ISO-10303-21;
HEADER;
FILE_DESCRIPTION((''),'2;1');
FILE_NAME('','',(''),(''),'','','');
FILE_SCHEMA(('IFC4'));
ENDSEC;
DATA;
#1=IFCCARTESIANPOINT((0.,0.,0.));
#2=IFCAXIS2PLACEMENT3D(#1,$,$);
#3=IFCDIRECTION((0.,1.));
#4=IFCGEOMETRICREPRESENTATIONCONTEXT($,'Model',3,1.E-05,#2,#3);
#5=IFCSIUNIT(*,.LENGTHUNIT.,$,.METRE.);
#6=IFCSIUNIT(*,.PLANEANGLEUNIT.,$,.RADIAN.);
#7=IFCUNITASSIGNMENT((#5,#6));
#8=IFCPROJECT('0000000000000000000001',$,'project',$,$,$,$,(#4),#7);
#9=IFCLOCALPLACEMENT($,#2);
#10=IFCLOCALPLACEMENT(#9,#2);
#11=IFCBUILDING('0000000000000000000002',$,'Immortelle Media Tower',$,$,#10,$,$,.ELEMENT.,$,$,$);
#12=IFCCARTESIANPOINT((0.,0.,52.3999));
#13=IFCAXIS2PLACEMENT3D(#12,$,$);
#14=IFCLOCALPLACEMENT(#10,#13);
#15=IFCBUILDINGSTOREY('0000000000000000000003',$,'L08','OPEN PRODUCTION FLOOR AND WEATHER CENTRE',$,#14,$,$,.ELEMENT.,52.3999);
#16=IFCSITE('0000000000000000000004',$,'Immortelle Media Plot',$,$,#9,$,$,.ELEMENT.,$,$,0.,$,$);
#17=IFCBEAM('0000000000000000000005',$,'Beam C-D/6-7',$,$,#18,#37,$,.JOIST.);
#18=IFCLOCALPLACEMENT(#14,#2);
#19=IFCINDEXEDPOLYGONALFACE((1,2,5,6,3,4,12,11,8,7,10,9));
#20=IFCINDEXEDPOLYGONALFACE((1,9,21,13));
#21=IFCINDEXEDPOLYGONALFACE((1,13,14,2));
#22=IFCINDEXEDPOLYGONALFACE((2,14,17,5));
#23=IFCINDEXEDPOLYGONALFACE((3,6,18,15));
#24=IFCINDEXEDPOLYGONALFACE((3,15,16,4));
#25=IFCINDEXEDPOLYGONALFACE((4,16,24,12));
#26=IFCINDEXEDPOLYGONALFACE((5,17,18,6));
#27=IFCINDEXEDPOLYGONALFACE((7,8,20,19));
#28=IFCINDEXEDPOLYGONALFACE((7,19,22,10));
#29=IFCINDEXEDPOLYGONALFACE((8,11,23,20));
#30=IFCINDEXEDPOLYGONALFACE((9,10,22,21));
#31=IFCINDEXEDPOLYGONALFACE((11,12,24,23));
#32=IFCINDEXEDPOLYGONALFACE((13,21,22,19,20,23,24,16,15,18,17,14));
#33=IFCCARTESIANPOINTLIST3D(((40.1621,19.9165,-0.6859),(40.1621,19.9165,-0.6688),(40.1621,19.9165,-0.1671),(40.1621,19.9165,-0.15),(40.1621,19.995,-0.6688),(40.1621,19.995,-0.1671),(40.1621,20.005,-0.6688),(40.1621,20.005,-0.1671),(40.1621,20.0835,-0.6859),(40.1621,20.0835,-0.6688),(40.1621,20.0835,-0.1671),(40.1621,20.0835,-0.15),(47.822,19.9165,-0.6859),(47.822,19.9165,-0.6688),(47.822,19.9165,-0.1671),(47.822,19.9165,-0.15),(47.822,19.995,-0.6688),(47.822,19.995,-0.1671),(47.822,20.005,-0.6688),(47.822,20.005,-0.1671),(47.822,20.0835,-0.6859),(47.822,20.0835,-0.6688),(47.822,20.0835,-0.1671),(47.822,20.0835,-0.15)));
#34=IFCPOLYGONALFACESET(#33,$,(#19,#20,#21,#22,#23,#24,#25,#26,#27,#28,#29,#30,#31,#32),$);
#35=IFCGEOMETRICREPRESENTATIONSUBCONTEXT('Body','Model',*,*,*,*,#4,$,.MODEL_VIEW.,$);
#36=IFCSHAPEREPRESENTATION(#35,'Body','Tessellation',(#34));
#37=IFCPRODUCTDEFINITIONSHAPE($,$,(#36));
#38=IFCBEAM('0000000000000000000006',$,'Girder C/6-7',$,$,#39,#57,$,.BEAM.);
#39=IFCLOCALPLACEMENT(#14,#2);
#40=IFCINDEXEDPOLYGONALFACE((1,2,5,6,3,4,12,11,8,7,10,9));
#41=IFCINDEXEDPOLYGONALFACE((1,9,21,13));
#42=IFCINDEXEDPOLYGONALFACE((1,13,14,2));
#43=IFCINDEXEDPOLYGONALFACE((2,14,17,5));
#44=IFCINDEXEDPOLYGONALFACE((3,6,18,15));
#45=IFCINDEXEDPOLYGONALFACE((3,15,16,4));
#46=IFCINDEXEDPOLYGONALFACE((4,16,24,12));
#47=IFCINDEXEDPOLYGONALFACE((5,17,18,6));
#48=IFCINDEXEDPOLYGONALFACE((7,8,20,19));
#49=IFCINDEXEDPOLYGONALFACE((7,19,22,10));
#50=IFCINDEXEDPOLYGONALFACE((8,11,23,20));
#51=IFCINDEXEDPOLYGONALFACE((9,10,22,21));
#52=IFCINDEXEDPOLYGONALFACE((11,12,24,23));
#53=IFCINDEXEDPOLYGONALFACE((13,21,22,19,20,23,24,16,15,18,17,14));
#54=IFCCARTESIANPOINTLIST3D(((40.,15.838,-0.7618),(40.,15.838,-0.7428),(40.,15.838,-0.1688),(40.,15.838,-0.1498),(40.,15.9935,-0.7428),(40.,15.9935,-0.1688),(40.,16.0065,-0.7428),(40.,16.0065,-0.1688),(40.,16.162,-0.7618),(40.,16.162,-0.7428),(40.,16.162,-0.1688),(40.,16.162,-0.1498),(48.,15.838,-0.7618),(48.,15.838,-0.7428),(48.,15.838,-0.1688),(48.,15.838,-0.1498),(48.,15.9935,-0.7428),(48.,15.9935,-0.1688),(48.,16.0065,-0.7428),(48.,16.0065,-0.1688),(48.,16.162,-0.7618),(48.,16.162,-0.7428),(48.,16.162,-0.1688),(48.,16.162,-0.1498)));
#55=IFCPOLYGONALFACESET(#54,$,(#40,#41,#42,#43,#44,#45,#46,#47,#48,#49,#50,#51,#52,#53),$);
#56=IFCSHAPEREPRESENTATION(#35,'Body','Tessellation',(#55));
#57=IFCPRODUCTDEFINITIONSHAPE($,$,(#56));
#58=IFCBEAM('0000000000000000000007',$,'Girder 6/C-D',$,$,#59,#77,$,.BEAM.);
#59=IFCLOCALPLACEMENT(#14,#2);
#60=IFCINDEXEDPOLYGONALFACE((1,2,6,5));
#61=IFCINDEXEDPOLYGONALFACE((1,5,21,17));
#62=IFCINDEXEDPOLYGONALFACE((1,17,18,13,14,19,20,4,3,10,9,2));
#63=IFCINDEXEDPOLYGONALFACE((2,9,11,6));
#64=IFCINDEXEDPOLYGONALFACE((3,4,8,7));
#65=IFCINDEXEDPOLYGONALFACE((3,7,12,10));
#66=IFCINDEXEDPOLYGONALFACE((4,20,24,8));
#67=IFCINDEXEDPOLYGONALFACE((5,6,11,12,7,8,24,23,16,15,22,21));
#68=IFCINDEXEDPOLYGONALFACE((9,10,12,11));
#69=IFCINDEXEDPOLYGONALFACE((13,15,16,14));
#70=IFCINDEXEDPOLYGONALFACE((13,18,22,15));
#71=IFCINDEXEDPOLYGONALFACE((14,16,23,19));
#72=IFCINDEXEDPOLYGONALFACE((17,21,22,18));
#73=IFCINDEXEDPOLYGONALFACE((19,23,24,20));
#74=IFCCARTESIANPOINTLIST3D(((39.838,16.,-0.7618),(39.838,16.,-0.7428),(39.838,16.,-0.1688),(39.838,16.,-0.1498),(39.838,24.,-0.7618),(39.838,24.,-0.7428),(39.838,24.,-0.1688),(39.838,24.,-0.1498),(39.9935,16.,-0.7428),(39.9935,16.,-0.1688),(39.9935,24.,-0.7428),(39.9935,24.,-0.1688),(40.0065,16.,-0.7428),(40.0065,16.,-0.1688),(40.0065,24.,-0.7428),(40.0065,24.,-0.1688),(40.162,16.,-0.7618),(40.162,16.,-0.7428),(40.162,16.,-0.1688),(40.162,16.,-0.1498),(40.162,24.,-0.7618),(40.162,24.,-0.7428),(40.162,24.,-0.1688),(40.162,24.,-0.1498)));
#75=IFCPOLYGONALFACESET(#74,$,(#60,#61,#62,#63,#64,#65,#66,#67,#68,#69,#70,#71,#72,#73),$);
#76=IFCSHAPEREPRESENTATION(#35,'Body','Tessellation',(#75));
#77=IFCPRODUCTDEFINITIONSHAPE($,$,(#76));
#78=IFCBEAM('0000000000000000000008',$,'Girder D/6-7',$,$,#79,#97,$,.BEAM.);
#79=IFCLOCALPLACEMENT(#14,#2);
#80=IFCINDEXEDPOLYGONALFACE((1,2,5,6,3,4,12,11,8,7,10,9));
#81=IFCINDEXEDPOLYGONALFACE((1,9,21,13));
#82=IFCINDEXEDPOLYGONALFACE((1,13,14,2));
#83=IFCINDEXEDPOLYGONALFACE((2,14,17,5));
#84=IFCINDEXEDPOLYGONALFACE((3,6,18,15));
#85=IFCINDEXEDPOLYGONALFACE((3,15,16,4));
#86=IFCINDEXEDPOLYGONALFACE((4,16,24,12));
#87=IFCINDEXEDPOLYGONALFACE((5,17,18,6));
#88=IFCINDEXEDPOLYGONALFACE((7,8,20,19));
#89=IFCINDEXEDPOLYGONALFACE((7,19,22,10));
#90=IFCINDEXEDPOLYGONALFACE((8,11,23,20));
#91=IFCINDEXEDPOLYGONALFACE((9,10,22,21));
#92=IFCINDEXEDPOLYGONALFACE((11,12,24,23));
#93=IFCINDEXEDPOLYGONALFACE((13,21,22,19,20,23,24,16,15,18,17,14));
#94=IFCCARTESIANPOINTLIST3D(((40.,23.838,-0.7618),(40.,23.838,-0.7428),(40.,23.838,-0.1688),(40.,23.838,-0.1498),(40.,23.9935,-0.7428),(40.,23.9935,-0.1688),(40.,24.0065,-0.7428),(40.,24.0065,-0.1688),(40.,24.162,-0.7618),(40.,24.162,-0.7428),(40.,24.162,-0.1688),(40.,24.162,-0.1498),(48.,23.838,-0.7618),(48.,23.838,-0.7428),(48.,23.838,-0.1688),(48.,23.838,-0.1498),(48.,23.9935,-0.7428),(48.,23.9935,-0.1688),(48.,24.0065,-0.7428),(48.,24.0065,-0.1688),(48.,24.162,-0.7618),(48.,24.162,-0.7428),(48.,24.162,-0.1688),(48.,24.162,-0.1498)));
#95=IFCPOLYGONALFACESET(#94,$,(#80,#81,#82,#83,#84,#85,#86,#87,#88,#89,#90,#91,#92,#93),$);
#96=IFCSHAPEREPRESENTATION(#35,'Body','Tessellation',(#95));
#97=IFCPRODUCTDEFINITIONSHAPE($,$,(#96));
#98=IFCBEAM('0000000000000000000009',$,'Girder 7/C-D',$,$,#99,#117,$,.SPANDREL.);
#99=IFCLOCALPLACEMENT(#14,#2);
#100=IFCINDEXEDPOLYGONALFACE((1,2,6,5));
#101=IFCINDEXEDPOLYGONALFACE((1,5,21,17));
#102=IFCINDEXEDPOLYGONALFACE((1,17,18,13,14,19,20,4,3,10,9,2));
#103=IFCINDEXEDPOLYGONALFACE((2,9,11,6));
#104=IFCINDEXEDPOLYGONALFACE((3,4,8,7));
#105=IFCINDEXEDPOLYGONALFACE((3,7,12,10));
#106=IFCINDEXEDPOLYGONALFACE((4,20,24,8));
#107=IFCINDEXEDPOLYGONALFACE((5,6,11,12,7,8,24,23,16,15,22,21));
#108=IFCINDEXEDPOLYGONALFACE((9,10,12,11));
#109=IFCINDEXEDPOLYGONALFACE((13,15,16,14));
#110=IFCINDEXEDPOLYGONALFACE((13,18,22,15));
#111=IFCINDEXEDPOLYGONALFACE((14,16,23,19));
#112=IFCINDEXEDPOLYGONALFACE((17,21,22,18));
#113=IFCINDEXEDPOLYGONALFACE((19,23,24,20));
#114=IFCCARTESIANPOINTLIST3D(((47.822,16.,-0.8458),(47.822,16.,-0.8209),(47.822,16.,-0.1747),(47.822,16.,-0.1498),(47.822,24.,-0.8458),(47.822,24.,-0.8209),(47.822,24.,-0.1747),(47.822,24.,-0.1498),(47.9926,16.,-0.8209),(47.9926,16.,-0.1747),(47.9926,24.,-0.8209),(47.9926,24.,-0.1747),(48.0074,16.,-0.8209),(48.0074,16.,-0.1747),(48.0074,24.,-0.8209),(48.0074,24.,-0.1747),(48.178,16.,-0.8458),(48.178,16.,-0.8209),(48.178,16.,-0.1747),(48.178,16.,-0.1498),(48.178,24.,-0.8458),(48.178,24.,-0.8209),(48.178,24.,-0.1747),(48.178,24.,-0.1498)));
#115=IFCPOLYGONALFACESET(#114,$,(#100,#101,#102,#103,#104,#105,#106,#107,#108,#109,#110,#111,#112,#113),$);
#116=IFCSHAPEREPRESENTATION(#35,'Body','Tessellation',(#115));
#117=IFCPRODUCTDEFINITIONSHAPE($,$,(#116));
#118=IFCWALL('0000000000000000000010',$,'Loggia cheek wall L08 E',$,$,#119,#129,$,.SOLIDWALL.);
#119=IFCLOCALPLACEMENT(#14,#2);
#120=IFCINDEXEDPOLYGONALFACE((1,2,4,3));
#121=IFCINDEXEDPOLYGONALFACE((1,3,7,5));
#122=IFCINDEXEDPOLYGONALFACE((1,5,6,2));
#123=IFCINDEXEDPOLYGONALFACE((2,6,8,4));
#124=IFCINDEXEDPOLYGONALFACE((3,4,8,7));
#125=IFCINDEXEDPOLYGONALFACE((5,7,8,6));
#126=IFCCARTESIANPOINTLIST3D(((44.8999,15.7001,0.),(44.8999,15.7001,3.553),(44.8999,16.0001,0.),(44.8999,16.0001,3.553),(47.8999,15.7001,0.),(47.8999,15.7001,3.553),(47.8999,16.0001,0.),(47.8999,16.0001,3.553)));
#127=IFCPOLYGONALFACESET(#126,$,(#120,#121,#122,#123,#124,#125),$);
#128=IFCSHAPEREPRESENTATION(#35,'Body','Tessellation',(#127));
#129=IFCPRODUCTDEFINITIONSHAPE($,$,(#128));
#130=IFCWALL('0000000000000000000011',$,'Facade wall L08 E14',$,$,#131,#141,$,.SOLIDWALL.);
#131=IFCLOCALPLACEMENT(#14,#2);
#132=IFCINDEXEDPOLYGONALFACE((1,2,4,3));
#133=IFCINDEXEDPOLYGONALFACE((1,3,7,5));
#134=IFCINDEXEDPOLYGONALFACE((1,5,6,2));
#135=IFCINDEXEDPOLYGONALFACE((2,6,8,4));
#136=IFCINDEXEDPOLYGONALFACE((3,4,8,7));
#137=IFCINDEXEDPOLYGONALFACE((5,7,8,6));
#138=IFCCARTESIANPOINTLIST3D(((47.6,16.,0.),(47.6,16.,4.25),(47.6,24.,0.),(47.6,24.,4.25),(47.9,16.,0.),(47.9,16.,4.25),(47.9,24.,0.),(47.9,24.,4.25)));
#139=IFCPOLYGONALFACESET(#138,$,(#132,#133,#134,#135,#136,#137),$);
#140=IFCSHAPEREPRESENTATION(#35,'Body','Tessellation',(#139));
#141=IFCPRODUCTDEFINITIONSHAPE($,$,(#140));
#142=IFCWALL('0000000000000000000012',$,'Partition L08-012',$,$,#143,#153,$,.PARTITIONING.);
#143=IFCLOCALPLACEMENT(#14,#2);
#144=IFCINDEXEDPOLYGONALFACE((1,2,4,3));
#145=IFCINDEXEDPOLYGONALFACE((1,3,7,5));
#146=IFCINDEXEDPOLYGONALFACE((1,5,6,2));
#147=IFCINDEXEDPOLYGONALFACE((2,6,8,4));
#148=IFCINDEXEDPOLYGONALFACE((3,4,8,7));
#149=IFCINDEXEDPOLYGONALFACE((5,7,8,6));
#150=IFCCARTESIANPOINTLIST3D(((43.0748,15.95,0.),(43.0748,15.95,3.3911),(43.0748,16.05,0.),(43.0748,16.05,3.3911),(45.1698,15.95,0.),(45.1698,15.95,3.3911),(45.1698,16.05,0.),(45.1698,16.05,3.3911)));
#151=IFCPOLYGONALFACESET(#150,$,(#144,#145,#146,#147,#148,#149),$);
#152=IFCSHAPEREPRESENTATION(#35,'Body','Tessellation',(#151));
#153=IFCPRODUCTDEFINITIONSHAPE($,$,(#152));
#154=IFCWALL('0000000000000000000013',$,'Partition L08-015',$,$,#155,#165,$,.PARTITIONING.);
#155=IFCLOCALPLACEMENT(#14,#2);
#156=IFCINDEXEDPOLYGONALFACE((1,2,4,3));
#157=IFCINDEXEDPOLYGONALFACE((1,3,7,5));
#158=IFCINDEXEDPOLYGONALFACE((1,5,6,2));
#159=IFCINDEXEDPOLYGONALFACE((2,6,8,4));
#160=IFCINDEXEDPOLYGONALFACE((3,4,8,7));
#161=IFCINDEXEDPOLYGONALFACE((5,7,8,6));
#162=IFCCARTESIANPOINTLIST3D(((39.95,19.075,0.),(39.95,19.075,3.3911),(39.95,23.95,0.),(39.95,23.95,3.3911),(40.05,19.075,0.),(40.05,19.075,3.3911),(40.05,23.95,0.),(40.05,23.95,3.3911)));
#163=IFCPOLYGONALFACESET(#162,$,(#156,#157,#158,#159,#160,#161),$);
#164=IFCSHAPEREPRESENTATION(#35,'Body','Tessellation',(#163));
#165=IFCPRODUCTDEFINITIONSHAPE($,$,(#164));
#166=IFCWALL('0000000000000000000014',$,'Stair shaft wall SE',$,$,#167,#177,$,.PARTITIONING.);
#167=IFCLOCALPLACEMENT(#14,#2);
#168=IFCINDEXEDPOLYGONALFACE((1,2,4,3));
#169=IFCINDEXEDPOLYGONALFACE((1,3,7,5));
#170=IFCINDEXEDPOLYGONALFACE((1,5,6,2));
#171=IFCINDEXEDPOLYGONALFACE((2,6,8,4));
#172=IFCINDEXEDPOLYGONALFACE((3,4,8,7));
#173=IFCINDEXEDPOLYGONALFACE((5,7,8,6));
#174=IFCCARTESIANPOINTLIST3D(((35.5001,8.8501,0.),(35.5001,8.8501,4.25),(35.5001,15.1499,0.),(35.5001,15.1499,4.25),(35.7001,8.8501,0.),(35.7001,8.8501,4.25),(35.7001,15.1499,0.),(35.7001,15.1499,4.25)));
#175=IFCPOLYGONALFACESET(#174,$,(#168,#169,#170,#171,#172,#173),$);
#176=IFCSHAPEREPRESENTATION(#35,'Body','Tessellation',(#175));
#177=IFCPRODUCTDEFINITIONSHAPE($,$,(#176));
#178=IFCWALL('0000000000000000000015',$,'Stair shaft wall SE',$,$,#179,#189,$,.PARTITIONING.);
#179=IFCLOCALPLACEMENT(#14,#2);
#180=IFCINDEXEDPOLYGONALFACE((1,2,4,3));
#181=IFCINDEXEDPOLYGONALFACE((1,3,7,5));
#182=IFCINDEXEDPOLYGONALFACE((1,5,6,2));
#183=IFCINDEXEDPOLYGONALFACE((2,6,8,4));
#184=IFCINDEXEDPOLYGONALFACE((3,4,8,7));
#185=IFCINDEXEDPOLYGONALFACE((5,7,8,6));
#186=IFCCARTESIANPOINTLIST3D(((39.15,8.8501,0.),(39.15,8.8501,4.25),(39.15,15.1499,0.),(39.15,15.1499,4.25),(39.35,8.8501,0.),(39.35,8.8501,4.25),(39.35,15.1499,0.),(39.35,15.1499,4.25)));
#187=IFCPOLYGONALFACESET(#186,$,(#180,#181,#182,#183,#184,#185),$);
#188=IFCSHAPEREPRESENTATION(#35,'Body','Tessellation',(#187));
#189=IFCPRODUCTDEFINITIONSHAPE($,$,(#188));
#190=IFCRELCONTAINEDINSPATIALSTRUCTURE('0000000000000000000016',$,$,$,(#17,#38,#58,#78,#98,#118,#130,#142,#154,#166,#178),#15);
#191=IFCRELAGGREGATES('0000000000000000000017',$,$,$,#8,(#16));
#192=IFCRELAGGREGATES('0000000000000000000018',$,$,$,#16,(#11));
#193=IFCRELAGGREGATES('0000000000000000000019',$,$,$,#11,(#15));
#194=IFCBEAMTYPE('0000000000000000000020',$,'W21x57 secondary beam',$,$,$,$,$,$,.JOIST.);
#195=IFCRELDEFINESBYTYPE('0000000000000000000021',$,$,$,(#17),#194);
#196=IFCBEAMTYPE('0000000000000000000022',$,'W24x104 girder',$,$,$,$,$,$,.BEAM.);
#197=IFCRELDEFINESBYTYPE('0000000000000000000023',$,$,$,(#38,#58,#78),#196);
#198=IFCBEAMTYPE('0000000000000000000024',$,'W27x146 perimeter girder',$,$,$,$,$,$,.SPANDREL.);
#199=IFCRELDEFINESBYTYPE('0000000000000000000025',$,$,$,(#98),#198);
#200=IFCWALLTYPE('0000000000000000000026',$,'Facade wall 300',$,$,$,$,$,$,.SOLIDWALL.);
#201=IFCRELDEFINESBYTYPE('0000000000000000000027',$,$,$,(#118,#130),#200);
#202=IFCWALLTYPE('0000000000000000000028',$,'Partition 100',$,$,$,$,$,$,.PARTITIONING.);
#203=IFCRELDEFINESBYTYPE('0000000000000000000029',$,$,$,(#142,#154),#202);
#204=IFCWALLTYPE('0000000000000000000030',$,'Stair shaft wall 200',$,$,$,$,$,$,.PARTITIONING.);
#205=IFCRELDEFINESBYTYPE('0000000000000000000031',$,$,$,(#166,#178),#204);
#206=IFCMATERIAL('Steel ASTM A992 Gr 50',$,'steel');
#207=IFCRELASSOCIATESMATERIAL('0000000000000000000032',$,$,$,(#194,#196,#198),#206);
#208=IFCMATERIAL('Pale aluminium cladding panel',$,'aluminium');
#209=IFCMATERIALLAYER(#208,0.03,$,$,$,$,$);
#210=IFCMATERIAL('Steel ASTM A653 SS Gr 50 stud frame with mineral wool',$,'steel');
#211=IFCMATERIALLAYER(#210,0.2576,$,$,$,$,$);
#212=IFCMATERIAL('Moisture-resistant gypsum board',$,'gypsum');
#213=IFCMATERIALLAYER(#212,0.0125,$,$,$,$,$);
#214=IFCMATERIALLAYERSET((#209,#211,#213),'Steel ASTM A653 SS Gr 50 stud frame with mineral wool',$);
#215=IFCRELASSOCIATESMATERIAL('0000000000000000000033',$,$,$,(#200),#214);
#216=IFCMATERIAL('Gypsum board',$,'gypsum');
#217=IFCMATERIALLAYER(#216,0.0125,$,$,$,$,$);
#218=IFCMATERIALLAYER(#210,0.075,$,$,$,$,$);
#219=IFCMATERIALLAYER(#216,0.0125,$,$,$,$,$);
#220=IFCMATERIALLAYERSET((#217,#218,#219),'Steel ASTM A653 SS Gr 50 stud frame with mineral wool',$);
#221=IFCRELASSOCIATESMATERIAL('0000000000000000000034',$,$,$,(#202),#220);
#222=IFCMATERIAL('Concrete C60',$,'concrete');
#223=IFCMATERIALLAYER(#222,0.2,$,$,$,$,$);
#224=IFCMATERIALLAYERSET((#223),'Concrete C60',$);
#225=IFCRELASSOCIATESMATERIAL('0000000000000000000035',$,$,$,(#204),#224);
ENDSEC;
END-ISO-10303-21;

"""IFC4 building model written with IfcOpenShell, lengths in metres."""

from ifc_helpers import new_model, si_unit, direction, frame, frame_2d, origin, origin_2d, place, context, subcontext, project, spatial, rectangle, i_section, extrude, material, layer, layer_set, material_profile, profile_set, type_object, element, save


model = new_model("IFC4")

# Units and contexts
model_context = context("Model", 3, precision=1e-05, world=origin(), true_north=direction((0.0, 1.0)))
body_context = subcontext(model_context, "Body", "Model", "MODEL_VIEW")
ifc_project = project(units=[si_unit("LENGTHUNIT", "METRE"), si_unit("PLANEANGLEUNIT", "RADIAN")], contexts=[model_context])

# Site, building, storey
site_placement = place(None, origin())
site = spatial("IfcSite", under=ifc_project, at=site_placement, Name="Immortelle Media Plot", CompositionType="ELEMENT", RefElevation=0.0)
building_placement = place(site_placement, origin())
building = spatial("IfcBuilding", under=site, at=building_placement, Name="Immortelle Media Tower", CompositionType="ELEMENT")
storey_placement = place(building_placement, frame((0.0, 0.0, 52.3999)))
storey = spatial("IfcBuildingStorey", under=building, at=storey_placement, Name="L08", Description="OPEN PRODUCTION FLOOR AND WEATHER CENTRE", CompositionType="ELEMENT", Elevation=52.3999)

# Shared definitions
ifc_material_1 = material(Name="Steel ASTM A992 Gr 50", Category="steel")

# Beams
ifc_material_profile_1 = material_profile(ifc_material_1, i_section(OverallWidth=0.167, OverallDepth=0.5359, WebThickness=0.01, FlangeThickness=0.0171, at=origin_2d()), Name="W21x57")
ifc_profile_set_1 = profile_set([ifc_material_profile_1], Name="Steel ASTM A992 Gr 50")
beam_type_1 = type_object("IfcBeamType", Name="W21x57 secondary beam", PredefinedType="JOIST", material=ifc_profile_set_1)
beam_1_placement = place(storey_placement, frame((40.1621, 20.0, -0.418), z_axis=(1.0, 0.0, 0.0), x_axis=(0.0, 1.0, 0.0)))
element("IfcBeam", 1, at=beam_1_placement, inside=storey, type_object=beam_type_1, Name="Beam C-D/6-7", PredefinedType="JOIST", context=body_context, shape_type="SweptSolid", body=[
    extrude(i_section(OverallWidth=0.167, OverallDepth=0.5359, WebThickness=0.01, FlangeThickness=0.0171, at=origin_2d()), origin(), (0.0, 0.0, 1.0), 7.6599),
])
ifc_material_profile_2 = material_profile(ifc_material_1, i_section(OverallWidth=0.324, OverallDepth=0.6121, WebThickness=0.0129, FlangeThickness=0.019, at=origin_2d()), Name="W24x104")
ifc_profile_set_2 = profile_set([ifc_material_profile_2], Name="Steel ASTM A992 Gr 50")
beam_type_2 = type_object("IfcBeamType", Name="W24x104 girder", PredefinedType="BEAM", material=ifc_profile_set_2)
for number, where, z_axis, x_axis, name in (
    (2, (40.0, 16.0, -0.4558), (1.0, 0.0, 0.0), (0.0, 1.0, 0.0), "Girder C/6-7"),
    (3, (40.0, 16.0, -0.4558), (0.0, 1.0, 0.0), (-1.0, 0.0, 0.0), "Girder 6/C-D"),
    (4, (40.0, 24.0, -0.4558), (1.0, 0.0, 0.0), (0.0, 1.0, 0.0), "Girder D/6-7"),
):
    element("IfcBeam", number, at=place(storey_placement, frame(where, z_axis=z_axis, x_axis=x_axis)), inside=storey, type_object=beam_type_2, Name=name, PredefinedType="BEAM", context=body_context, shape_type="SweptSolid", body=[
        extrude(i_section(OverallWidth=0.324, OverallDepth=0.6121, WebThickness=0.0129, FlangeThickness=0.019, at=origin_2d()), origin(), (0.0, 0.0, 1.0), 8.0),
    ])
ifc_material_profile_3 = material_profile(ifc_material_1, i_section(OverallWidth=0.356, OverallDepth=0.696, WebThickness=0.0149, FlangeThickness=0.0249, at=origin_2d()), Name="W27x146")
ifc_profile_set_3 = profile_set([ifc_material_profile_3], Name="Steel ASTM A992 Gr 50")
beam_type_3 = type_object("IfcBeamType", Name="W27x146 perimeter girder", PredefinedType="SPANDREL", material=ifc_profile_set_3)
beam_2_placement = place(storey_placement, frame((48.0, 16.0, -0.4978), z_axis=(0.0, 1.0, 0.0), x_axis=(-1.0, 0.0, 0.0)))
element("IfcBeam", 5, at=beam_2_placement, inside=storey, type_object=beam_type_3, Name="Girder 7/C-D", PredefinedType="SPANDREL", context=body_context, shape_type="SweptSolid", body=[
    extrude(i_section(OverallWidth=0.356, OverallDepth=0.696, WebThickness=0.0149, FlangeThickness=0.0249, at=origin_2d()), origin(), (0.0, 0.0, 1.0), 8.0),
])

# Walls
ifc_material_2 = material(Name="Pale aluminium cladding panel", Category="aluminium")
ifc_layer_1 = layer(ifc_material_2, 0.03)
ifc_material_3 = material(Name="Steel ASTM A653 SS Gr 50 stud frame with mineral wool", Category="steel")
ifc_layer_2 = layer(ifc_material_3, 0.2576)
ifc_material_4 = material(Name="Moisture-resistant gypsum board", Category="gypsum")
ifc_layer_3 = layer(ifc_material_4, 0.0125)
ifc_layer_set_1 = layer_set([ifc_layer_1, ifc_layer_2, ifc_layer_3], Name="Steel ASTM A653 SS Gr 50 stud frame with mineral wool")
wall_type_1 = type_object("IfcWallType", Name="Facade wall 300", PredefinedType="SOLIDWALL", material=ifc_layer_set_1)
wall_1_placement = place(storey_placement, frame((47.8999, 15.8501, 0.0), z_axis=(0.0, 0.0, 1.0), x_axis=(-1.0, 0.0, 0.0)))
element("IfcWall", 6, at=wall_1_placement, inside=storey, type_object=wall_type_1, Name="Loggia cheek wall L08 E", PredefinedType="SOLIDWALL", context=body_context, shape_type="SweptSolid", body=[
    extrude(rectangle(XDim=3.0, YDim=0.3, at=frame_2d((1.5, 0.0))), origin(), (0.0, 0.0, 1.0), 3.553),
])
wall_2_placement = place(storey_placement, frame((47.75, 16.0, 0.0), z_axis=(0.0, 0.0, 1.0), x_axis=(0.0, 1.0, 0.0)))
element("IfcWall", 7, at=wall_2_placement, inside=storey, type_object=wall_type_1, Name="Facade wall L08 E14", PredefinedType="SOLIDWALL", context=body_context, shape_type="SweptSolid", body=[
    extrude(rectangle(XDim=8.0, YDim=0.3, at=frame_2d((4.0, 0.0))), origin(), (0.0, 0.0, 1.0), 4.25),
])
ifc_material_5 = material(Name="Gypsum board", Category="gypsum")
ifc_layer_4 = layer(ifc_material_5, 0.0125)
ifc_layer_5 = layer(ifc_material_3, 0.075)
ifc_layer_6 = layer(ifc_material_5, 0.0125)
ifc_layer_set_2 = layer_set([ifc_layer_4, ifc_layer_5, ifc_layer_6], Name="Steel ASTM A653 SS Gr 50 stud frame with mineral wool")
wall_type_2 = type_object("IfcWallType", Name="Partition 100", PredefinedType="PARTITIONING", material=ifc_layer_set_2)
wall_3_placement = place(storey_placement, frame((43.075, 16.0, 0.0), z_axis=(0.0, 0.0, 1.0), x_axis=(1.0, 0.0, 0.0)))
element("IfcWall", 8, at=wall_3_placement, inside=storey, type_object=wall_type_2, Name="Partition L08-012", PredefinedType="PARTITIONING", context=body_context, shape_type="SweptSolid", body=[
    extrude(rectangle(XDim=2.095, YDim=0.1001, at=frame_2d((1.0474, 0.0))), origin(), (0.0, 0.0, 1.0), 3.3911),
])
wall_4_placement = place(storey_placement, frame((40.0, 19.075, 0.0), z_axis=(0.0, 0.0, 1.0), x_axis=(0.0, 1.0, 0.0)))
element("IfcWall", 9, at=wall_4_placement, inside=storey, type_object=wall_type_2, Name="Partition L08-015", PredefinedType="PARTITIONING", context=body_context, shape_type="SweptSolid", body=[
    extrude(rectangle(XDim=4.875, YDim=0.1001, at=frame_2d((2.4375, 0.0))), origin(), (0.0, 0.0, 1.0), 3.3911),
])
ifc_material_6 = material(Name="Concrete C60", Category="concrete")
ifc_layer_7 = layer(ifc_material_6, 0.2)
ifc_layer_set_3 = layer_set([ifc_layer_7], Name="Concrete C60")
wall_type_3 = type_object("IfcWallType", Name="Stair shaft wall 200", PredefinedType="PARTITIONING", material=ifc_layer_set_3)
for number, where, z_axis, x_axis, name in (
    (10, (35.6001, 8.8501, 0.0), (0.0, 0.0, 1.0), (0.0, 1.0, 0.0), "Stair shaft wall SE"),
    (11, (39.25, 8.8501, 0.0), (0.0, 0.0, 1.0), (0.0, 1.0, 0.0), "Stair shaft wall SE"),
):
    element("IfcWall", number, at=place(storey_placement, frame(where, z_axis=z_axis, x_axis=x_axis)), inside=storey, type_object=wall_type_3, Name=name, PredefinedType="PARTITIONING", context=body_context, shape_type="SweptSolid", body=[
        extrude(rectangle(XDim=6.2998, YDim=0.2, at=frame_2d((3.1499, 0.0))), origin(), (0.0, 0.0, 1.0), 4.25),
    ])

save(model, "model.ifc")
